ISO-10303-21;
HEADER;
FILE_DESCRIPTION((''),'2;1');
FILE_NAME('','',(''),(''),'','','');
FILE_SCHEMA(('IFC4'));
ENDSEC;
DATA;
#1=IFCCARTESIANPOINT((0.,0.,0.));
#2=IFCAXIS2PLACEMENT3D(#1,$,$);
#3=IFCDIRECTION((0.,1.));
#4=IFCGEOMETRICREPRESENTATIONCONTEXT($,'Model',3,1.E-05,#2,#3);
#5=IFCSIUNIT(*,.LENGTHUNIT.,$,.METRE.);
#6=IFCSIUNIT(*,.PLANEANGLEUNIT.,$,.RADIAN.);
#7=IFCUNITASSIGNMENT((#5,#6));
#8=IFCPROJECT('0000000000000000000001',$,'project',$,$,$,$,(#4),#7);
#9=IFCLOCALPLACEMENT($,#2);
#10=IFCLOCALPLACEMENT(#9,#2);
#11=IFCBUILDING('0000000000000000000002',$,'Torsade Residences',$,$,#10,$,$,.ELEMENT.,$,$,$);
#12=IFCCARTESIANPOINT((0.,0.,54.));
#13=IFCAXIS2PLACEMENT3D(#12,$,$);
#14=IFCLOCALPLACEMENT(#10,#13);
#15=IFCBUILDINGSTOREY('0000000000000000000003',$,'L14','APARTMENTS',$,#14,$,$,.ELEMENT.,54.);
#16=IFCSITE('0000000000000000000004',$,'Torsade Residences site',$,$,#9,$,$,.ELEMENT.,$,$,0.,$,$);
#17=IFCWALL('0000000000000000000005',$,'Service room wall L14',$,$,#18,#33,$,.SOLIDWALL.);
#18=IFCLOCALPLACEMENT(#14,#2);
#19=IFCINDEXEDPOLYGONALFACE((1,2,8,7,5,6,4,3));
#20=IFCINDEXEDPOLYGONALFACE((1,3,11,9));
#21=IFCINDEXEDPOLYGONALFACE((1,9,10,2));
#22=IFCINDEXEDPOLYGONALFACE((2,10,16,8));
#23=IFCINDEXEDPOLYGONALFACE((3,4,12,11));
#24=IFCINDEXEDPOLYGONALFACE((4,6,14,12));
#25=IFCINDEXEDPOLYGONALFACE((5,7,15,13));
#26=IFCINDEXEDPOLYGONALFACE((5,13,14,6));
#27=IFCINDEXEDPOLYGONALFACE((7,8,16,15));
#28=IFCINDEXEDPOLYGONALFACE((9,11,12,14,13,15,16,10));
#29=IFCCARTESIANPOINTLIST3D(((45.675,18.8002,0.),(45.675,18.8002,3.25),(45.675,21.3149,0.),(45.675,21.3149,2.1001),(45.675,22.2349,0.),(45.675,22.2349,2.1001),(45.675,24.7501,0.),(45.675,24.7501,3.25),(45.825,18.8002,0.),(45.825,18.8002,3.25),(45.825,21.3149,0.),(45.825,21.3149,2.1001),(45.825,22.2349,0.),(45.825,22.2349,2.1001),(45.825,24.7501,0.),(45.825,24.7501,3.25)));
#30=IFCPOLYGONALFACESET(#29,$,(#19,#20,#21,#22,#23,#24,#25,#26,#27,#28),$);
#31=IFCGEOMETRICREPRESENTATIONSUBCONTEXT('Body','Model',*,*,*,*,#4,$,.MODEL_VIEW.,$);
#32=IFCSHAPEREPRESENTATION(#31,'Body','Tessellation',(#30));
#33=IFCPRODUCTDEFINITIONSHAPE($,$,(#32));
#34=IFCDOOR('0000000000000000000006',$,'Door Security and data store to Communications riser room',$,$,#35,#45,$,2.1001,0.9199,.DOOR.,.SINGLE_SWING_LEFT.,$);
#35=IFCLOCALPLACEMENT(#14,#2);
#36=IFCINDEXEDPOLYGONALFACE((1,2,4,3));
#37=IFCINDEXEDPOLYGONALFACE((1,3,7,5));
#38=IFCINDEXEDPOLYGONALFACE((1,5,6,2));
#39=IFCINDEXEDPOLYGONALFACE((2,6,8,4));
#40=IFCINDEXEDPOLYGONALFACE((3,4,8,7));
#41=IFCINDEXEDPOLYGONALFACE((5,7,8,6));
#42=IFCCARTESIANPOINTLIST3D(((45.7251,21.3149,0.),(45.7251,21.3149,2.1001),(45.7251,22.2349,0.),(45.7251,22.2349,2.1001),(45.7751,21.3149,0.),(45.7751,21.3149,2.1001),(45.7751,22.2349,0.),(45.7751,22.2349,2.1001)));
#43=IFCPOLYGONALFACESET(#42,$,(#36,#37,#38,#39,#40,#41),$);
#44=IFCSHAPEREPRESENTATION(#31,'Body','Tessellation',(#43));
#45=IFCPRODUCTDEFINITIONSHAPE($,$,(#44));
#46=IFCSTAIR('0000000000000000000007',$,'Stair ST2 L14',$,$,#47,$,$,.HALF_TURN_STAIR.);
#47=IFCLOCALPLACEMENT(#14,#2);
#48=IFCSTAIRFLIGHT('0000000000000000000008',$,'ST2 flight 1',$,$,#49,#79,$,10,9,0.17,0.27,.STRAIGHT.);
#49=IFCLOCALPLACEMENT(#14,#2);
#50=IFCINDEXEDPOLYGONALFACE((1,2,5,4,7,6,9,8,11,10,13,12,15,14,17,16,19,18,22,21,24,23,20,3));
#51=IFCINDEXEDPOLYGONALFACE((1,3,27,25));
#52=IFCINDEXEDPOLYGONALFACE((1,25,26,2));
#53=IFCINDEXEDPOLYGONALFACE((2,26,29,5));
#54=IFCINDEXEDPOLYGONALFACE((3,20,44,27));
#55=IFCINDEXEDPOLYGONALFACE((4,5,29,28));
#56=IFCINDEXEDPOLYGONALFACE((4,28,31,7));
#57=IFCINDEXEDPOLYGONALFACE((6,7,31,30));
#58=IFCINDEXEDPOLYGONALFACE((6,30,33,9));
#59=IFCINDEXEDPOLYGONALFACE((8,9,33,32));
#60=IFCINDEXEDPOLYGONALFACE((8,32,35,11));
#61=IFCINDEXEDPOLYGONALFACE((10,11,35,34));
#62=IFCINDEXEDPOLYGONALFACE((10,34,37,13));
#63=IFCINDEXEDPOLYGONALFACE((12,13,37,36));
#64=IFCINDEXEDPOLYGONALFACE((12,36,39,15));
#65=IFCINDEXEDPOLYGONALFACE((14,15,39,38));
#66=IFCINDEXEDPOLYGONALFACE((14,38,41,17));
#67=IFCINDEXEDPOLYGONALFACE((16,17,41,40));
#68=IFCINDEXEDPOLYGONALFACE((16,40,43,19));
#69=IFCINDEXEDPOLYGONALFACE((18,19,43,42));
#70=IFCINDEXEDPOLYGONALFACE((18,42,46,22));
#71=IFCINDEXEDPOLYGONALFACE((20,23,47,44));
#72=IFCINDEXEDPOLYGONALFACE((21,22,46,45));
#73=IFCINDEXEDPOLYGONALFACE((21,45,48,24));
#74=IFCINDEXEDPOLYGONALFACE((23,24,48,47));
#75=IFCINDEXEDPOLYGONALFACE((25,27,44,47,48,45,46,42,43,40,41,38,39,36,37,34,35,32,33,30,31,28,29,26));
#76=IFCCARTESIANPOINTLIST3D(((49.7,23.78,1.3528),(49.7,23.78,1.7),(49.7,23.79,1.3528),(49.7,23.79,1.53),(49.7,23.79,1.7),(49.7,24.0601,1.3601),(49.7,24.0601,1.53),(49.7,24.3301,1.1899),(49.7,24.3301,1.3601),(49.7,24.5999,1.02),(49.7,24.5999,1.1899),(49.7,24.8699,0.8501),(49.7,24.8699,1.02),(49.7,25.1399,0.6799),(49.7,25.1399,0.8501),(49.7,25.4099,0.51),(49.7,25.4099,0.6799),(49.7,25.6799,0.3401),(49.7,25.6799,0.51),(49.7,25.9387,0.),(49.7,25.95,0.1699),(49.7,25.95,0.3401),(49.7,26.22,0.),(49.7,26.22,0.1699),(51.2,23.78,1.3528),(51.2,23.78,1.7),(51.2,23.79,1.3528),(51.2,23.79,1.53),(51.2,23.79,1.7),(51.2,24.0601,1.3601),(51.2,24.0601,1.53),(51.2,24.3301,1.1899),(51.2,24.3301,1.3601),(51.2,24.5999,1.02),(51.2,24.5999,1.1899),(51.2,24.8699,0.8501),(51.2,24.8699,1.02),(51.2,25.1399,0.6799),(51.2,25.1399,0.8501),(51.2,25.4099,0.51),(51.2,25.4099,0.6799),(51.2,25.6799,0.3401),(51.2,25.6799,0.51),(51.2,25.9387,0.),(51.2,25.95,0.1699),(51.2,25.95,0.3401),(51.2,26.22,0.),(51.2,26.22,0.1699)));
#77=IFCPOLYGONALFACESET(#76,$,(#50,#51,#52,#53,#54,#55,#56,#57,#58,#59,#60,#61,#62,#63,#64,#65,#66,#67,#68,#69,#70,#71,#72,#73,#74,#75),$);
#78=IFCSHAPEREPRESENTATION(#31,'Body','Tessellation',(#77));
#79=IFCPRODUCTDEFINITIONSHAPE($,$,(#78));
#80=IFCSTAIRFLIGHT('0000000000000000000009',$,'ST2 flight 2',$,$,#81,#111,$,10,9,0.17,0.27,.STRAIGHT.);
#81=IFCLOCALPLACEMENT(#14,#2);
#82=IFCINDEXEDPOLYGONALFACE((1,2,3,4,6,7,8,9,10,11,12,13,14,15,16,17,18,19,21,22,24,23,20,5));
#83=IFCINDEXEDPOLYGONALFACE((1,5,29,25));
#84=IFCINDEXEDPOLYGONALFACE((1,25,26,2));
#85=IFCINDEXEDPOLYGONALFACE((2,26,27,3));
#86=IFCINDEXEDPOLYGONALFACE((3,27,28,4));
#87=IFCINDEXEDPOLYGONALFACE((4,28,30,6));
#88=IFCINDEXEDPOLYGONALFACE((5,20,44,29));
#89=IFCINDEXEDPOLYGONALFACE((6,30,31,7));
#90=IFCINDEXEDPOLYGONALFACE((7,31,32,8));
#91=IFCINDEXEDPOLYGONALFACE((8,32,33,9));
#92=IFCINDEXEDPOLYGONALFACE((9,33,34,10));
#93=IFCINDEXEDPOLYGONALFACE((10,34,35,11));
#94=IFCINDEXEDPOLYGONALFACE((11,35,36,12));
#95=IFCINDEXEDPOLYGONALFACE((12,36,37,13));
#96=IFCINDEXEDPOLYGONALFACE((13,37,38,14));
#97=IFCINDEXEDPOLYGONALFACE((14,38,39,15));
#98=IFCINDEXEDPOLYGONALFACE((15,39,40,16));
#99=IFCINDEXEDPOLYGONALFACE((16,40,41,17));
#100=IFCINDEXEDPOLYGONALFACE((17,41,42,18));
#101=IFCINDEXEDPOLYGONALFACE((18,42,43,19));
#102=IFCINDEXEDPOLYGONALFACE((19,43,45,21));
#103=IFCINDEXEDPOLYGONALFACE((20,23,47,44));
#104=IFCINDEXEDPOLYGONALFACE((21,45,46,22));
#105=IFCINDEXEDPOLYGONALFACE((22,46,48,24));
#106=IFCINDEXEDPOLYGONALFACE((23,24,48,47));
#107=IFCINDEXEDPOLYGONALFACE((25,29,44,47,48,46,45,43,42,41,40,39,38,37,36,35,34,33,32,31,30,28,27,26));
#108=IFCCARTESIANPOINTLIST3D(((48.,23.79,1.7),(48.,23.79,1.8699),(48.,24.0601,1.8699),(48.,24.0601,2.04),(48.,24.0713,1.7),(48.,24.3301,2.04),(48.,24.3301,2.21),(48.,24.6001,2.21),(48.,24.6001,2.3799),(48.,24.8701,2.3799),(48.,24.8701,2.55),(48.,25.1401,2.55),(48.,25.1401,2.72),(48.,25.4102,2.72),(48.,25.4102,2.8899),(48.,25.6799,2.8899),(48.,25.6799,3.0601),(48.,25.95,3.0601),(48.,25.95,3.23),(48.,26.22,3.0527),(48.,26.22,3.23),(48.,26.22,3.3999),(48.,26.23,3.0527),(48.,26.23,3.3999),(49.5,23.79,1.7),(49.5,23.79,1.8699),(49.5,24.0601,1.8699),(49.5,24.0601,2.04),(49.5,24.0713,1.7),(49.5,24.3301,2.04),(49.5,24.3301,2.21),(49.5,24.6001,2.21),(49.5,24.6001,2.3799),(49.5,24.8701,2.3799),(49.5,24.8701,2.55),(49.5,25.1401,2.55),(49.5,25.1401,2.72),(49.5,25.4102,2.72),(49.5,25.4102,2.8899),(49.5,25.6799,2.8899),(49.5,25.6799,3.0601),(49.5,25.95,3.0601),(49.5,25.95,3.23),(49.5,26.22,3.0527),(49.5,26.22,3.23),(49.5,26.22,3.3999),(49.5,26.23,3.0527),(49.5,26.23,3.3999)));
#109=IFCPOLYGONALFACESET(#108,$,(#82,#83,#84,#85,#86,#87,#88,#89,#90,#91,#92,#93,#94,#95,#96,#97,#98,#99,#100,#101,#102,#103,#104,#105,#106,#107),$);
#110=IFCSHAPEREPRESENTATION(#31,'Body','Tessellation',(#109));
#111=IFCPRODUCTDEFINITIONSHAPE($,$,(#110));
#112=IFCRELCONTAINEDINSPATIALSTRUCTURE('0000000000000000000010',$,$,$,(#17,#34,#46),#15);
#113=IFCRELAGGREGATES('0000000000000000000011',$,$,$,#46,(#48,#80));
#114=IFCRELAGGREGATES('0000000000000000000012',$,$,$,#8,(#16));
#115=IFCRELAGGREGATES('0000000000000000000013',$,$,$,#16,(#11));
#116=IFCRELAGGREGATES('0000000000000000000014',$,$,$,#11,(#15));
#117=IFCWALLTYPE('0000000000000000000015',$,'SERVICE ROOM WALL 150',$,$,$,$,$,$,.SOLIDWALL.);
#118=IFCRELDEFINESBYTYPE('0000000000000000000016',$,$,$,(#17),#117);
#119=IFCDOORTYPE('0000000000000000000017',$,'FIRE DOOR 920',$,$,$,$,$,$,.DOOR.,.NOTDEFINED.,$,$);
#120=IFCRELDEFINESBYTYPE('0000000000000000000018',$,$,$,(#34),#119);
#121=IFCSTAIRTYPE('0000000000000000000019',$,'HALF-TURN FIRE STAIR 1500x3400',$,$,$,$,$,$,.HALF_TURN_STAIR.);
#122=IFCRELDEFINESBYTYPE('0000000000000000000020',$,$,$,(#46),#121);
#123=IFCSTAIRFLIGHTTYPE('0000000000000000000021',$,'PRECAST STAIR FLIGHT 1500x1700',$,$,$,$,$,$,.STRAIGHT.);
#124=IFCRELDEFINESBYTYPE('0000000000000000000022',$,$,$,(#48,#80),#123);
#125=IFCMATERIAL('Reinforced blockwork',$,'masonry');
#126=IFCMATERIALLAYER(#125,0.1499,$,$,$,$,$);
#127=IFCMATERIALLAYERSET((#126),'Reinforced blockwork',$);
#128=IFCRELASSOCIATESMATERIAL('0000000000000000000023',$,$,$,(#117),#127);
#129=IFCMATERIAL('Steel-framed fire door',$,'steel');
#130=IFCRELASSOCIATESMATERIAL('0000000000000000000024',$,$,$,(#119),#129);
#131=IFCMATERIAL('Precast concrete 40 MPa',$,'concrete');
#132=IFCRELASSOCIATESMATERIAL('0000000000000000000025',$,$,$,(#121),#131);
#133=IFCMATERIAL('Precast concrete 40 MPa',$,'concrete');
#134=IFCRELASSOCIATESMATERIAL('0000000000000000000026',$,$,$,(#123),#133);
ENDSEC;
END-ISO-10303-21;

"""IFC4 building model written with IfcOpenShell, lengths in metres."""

from ifc_helpers import new_model, si_unit, direction, frame, frame_2d, origin, place, context, subcontext, project, spatial, polyline, rectangle, outline, extrude, material, layer, layer_set, type_object, element, fill, aggregate, save


model = new_model("IFC4")

# Units and contexts
model_context = context("Model", 3, precision=1e-05, world=origin(), true_north=direction((0.0, 1.0)))
body_context = subcontext(model_context, "Body", "Model", "MODEL_VIEW")
ifc_project = project(units=[si_unit("LENGTHUNIT", "METRE"), si_unit("PLANEANGLEUNIT", "RADIAN")], contexts=[model_context])

# Site, building, storey
site_placement = place(None, origin())
site = spatial("IfcSite", under=ifc_project, at=site_placement, Name="Torsade Residences site", CompositionType="ELEMENT", RefElevation=0.0)
building_placement = place(site_placement, origin())
building = spatial("IfcBuilding", under=site, at=building_placement, Name="Torsade Residences", CompositionType="ELEMENT")
storey_placement = place(building_placement, frame((0.0, 0.0, 54.0)))
storey = spatial("IfcBuildingStorey", under=building, at=storey_placement, Name="L14", Description="APARTMENTS", CompositionType="ELEMENT", Elevation=54.0)

# Wall, opening, door
ifc_material_1 = material(Name="Reinforced blockwork", Category="masonry")
ifc_layer_1 = layer(ifc_material_1, 0.1499)
ifc_layer_set_1 = layer_set([ifc_layer_1], Name="Reinforced blockwork")
wall_type_1 = type_object("IfcWallType", Name="SERVICE ROOM WALL 150", PredefinedType="SOLIDWALL", material=ifc_layer_set_1)
wall_1_placement = place(storey_placement, frame((45.75, 18.8, 0.0), z_axis=(0.0, 0.0, 1.0), x_axis=(0.0, 1.0, 0.0)))
wall_1 = element("IfcWall", 1, at=wall_1_placement, inside=storey, type_object=wall_type_1, Name="Service room wall L14", PredefinedType="SOLIDWALL", context=body_context, shape_type="SweptSolid", body=[
    extrude(rectangle(XDim=5.95, YDim=0.1499, at=frame_2d((2.9751, 0.0))), origin(), (0.0, 0.0, 1.0), 3.25),
])
opening_1_placement = place(wall_1_placement, frame((2.5149, 0.0, 0.0)))
opening_1 = element("IfcOpeningElement", 2, at=opening_1_placement, cuts=wall_1, PredefinedType="OPENING", context=body_context, shape_type="SweptSolid", body=[
    extrude(rectangle(XDim=0.9199, YDim=2.1001, at=frame_2d((0.46, 1.05))), frame((0.0, 0.085, 0.0), z_axis=(0.0, -1.0, 0.0), x_axis=(1.0, 0.0, 0.0)), (0.0, 0.0, 1.0), 0.1699),
])
ifc_material_2 = material(Name="Steel-framed fire door", Category="steel")
door_type_1 = type_object("IfcDoorType", Name="FIRE DOOR 920", OperationType="NOTDEFINED", PredefinedType="DOOR", material=ifc_material_2)
door_1_placement = place(opening_1_placement, origin())
door_1 = element("IfcDoor", 3, at=door_1_placement, inside=storey, type_object=door_type_1, Name="Door Security and data store to Communications riser room", OperationType="SINGLE_SWING_LEFT", OverallHeight=2.1001, OverallWidth=0.9199, PredefinedType="DOOR", context=body_context, shape_type="SweptSolid", body=[
    extrude(rectangle(XDim=0.9199, YDim=2.1001, at=frame_2d((0.46, 1.05))), frame((0.0, 0.0249, 0.0), z_axis=(0.0, -1.0, 0.0), x_axis=(1.0, 0.0, 0.0)), (0.0, 0.0, 1.0), 0.05),
])
fill(opening_1, door_1)

# Stair, stair flights
ifc_material_3 = material(Name="Precast concrete 40 MPa", Category="concrete")
stair_type = type_object("IfcStairType", Name="HALF-TURN FIRE STAIR 1500x3400", PredefinedType="HALF_TURN_STAIR", material=ifc_material_3)
stair_placement = place(storey_placement, origin())
stair = element("IfcStair", 4, at=stair_placement, inside=storey, type_object=stair_type, Name="Stair ST2 L14", PredefinedType="HALF_TURN_STAIR")
ifc_material_4 = material(Name="Precast concrete 40 MPa", Category="concrete")
stair_flight_type = type_object("IfcStairFlightType", Name="PRECAST STAIR FLIGHT 1500x1700", PredefinedType="STRAIGHT", material=ifc_material_4)
stair_flight_1_placement = place(storey_placement, frame((50.45, 26.22, 0.0), z_axis=(0.0, 0.0, 1.0), x_axis=(0.0, -1.0, 0.0)))
stair_flight_1 = element("IfcStairFlight", 5, at=stair_flight_1_placement, type_object=stair_flight_type, Name="ST2 flight 1", NumberOfRisers=10, NumberOfTreads=9, PredefinedType="STRAIGHT", RiserHeight=0.17, TreadLength=0.27, context=body_context, shape_type="SweptSolid", body=[
    extrude(outline(polyline([(0.0, 0.0), (0.0, 0.1699), (0.27, 0.1699), (0.27, 0.3401), (0.54, 0.3401), (0.54, 0.51), (0.8101, 0.51), (0.8101, 0.6799), (1.0801, 0.6799), (1.0801, 0.8501), (1.3501, 0.8501), (1.3501, 1.02), (1.6201, 1.02), (1.6201, 1.1899), (1.8899, 1.1899), (1.8899, 1.3601), (2.1599, 1.3601), (2.1599, 1.53), (2.4299, 1.53), (2.4299, 1.7), (2.4399, 1.7), (2.4399, 1.3528), (2.4299, 1.3528), (0.2812, 0.0), (0.0, 0.0)])), frame((0.0, 0.75, 0.0), z_axis=(0.0, -1.0, 0.0), x_axis=(1.0, 0.0, 0.0)), (0.0, 0.0, 1.0), 1.5),
])
stair_flight_2_placement = place(storey_placement, frame((48.75, 23.79, 1.7), z_axis=(0.0, 0.0, 1.0), x_axis=(0.0, 1.0, 0.0)))
stair_flight_2 = element("IfcStairFlight", 6, at=stair_flight_2_placement, type_object=stair_flight_type, Name="ST2 flight 2", NumberOfRisers=10, NumberOfTreads=9, PredefinedType="STRAIGHT", RiserHeight=0.17, TreadLength=0.27, context=body_context, shape_type="SweptSolid", body=[
    extrude(outline(polyline([(0.0, 0.0), (0.0, 0.1699), (0.27, 0.1699), (0.27, 0.3401), (0.54, 0.3401), (0.54, 0.51), (0.8101, 0.51), (0.8101, 0.6799), (1.0801, 0.6799), (1.0801, 0.8501), (1.3501, 0.8501), (1.3501, 1.02), (1.6201, 1.02), (1.6201, 1.1899), (1.8899, 1.1899), (1.8899, 1.3601), (2.1599, 1.3601), (2.1599, 1.53), (2.4299, 1.53), (2.4299, 1.7), (2.4399, 1.7), (2.4399, 1.3528), (2.4299, 1.3528), (0.2812, 0.0), (0.0, 0.0)])), frame((0.0, 0.75, 0.0), z_axis=(0.0, -1.0, 0.0), x_axis=(1.0, 0.0, 0.0)), (0.0, 0.0, 1.0), 1.5),
])
aggregate(stair, [stair_flight_1, stair_flight_2])

save(model, "model.ifc")
